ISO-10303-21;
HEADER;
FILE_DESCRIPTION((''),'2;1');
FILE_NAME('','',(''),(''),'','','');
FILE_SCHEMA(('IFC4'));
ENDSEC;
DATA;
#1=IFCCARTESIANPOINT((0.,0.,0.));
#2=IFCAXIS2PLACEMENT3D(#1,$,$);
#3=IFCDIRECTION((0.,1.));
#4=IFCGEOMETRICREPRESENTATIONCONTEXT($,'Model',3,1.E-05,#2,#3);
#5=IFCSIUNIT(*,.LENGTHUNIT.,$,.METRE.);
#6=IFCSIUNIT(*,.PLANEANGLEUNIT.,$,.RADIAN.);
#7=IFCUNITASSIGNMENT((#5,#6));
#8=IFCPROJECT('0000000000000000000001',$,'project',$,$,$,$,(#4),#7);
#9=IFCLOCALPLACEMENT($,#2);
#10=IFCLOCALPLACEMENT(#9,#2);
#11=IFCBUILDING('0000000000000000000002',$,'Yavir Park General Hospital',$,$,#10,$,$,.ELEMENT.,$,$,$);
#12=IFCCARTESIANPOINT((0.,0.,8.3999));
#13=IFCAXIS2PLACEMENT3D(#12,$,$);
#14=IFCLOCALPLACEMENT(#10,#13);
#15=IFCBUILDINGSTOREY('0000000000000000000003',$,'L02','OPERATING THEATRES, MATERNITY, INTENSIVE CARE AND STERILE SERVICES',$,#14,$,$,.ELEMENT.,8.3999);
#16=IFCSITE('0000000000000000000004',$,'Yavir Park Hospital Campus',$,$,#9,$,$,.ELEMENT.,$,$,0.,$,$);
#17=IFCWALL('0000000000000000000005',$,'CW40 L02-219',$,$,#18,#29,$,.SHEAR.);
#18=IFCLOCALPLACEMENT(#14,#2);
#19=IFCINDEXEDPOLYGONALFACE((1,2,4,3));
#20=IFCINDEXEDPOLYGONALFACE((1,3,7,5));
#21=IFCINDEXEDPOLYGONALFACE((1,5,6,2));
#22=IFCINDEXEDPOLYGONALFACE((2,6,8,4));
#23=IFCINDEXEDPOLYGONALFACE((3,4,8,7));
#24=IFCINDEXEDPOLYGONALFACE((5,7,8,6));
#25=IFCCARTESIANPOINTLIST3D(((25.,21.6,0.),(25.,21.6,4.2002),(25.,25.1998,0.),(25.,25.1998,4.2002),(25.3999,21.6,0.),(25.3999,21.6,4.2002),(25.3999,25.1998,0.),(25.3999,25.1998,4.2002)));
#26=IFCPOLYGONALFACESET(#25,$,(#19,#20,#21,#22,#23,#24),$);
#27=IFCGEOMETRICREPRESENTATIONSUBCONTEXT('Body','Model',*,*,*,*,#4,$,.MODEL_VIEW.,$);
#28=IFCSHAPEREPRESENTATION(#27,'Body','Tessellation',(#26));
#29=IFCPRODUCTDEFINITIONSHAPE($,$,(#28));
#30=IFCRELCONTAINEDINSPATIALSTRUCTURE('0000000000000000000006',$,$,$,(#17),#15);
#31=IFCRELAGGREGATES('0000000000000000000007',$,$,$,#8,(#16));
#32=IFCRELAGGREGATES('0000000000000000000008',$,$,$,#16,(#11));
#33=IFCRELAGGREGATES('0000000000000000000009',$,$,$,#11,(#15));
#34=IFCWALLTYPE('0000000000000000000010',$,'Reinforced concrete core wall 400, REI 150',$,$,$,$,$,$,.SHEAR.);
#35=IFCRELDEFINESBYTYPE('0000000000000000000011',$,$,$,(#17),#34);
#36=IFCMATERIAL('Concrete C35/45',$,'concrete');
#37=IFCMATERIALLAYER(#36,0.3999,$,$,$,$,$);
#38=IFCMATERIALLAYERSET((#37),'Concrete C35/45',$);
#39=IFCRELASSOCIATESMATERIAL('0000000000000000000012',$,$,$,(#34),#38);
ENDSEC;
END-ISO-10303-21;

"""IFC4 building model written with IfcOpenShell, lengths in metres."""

from ifc_helpers import new_model, si_unit, direction, frame, frame_2d, origin, place, context, subcontext, project, spatial, rectangle, extrude, material, layer, layer_set, type_object, element, save


model = new_model("IFC4")

# Units and contexts
model_context = context("Model", 3, precision=1e-05, world=origin(), true_north=direction((0.0, 1.0)))
body_context = subcontext(model_context, "Body", "Model", "MODEL_VIEW")
ifc_project = project(units=[si_unit("LENGTHUNIT", "METRE"), si_unit("PLANEANGLEUNIT", "RADIAN")], contexts=[model_context])

# Site, building, storey
site_placement = place(None, origin())
site = spatial("IfcSite", under=ifc_project, at=site_placement, Name="Yavir Park Hospital Campus", CompositionType="ELEMENT", RefElevation=0.0)
building_placement = place(site_placement, origin())
building = spatial("IfcBuilding", under=site, at=building_placement, Name="Yavir Park General Hospital", CompositionType="ELEMENT")
storey_placement = place(building_placement, frame((0.0, 0.0, 8.3999)))
storey = spatial("IfcBuildingStorey", under=building, at=storey_placement, Name="L02", Description="OPERATING THEATRES, MATERNITY, INTENSIVE CARE AND STERILE SERVICES", CompositionType="ELEMENT", Elevation=8.3999)

# Shared definitions
ifc_material_1 = material(Name="Concrete C35/45", Category="concrete")
ifc_layer_1 = layer(ifc_material_1, 0.3999)
ifc_layer_set_1 = layer_set([ifc_layer_1], Name="Concrete C35/45")
wall_type_1 = type_object("IfcWallType", Name="Reinforced concrete core wall 400, REI 150", PredefinedType="SHEAR", material=ifc_layer_set_1)

# Wall
wall_1_placement = place(storey_placement, frame((25.2, 21.6001, 0.0), z_axis=(0.0, 0.0, 1.0), x_axis=(0.0, 1.0, 0.0)))
element("IfcWall", 1, at=wall_1_placement, inside=storey, type_object=wall_type_1, Name="CW40 L02-219", PredefinedType="SHEAR", context=body_context, shape_type="SweptSolid", body=[
    extrude(rectangle(XDim=3.5999, YDim=0.3999, at=frame_2d((1.7998, 0.0))), origin(), (0.0, 0.0, 1.0), 4.2002),
])

save(model, "model.ifc")
